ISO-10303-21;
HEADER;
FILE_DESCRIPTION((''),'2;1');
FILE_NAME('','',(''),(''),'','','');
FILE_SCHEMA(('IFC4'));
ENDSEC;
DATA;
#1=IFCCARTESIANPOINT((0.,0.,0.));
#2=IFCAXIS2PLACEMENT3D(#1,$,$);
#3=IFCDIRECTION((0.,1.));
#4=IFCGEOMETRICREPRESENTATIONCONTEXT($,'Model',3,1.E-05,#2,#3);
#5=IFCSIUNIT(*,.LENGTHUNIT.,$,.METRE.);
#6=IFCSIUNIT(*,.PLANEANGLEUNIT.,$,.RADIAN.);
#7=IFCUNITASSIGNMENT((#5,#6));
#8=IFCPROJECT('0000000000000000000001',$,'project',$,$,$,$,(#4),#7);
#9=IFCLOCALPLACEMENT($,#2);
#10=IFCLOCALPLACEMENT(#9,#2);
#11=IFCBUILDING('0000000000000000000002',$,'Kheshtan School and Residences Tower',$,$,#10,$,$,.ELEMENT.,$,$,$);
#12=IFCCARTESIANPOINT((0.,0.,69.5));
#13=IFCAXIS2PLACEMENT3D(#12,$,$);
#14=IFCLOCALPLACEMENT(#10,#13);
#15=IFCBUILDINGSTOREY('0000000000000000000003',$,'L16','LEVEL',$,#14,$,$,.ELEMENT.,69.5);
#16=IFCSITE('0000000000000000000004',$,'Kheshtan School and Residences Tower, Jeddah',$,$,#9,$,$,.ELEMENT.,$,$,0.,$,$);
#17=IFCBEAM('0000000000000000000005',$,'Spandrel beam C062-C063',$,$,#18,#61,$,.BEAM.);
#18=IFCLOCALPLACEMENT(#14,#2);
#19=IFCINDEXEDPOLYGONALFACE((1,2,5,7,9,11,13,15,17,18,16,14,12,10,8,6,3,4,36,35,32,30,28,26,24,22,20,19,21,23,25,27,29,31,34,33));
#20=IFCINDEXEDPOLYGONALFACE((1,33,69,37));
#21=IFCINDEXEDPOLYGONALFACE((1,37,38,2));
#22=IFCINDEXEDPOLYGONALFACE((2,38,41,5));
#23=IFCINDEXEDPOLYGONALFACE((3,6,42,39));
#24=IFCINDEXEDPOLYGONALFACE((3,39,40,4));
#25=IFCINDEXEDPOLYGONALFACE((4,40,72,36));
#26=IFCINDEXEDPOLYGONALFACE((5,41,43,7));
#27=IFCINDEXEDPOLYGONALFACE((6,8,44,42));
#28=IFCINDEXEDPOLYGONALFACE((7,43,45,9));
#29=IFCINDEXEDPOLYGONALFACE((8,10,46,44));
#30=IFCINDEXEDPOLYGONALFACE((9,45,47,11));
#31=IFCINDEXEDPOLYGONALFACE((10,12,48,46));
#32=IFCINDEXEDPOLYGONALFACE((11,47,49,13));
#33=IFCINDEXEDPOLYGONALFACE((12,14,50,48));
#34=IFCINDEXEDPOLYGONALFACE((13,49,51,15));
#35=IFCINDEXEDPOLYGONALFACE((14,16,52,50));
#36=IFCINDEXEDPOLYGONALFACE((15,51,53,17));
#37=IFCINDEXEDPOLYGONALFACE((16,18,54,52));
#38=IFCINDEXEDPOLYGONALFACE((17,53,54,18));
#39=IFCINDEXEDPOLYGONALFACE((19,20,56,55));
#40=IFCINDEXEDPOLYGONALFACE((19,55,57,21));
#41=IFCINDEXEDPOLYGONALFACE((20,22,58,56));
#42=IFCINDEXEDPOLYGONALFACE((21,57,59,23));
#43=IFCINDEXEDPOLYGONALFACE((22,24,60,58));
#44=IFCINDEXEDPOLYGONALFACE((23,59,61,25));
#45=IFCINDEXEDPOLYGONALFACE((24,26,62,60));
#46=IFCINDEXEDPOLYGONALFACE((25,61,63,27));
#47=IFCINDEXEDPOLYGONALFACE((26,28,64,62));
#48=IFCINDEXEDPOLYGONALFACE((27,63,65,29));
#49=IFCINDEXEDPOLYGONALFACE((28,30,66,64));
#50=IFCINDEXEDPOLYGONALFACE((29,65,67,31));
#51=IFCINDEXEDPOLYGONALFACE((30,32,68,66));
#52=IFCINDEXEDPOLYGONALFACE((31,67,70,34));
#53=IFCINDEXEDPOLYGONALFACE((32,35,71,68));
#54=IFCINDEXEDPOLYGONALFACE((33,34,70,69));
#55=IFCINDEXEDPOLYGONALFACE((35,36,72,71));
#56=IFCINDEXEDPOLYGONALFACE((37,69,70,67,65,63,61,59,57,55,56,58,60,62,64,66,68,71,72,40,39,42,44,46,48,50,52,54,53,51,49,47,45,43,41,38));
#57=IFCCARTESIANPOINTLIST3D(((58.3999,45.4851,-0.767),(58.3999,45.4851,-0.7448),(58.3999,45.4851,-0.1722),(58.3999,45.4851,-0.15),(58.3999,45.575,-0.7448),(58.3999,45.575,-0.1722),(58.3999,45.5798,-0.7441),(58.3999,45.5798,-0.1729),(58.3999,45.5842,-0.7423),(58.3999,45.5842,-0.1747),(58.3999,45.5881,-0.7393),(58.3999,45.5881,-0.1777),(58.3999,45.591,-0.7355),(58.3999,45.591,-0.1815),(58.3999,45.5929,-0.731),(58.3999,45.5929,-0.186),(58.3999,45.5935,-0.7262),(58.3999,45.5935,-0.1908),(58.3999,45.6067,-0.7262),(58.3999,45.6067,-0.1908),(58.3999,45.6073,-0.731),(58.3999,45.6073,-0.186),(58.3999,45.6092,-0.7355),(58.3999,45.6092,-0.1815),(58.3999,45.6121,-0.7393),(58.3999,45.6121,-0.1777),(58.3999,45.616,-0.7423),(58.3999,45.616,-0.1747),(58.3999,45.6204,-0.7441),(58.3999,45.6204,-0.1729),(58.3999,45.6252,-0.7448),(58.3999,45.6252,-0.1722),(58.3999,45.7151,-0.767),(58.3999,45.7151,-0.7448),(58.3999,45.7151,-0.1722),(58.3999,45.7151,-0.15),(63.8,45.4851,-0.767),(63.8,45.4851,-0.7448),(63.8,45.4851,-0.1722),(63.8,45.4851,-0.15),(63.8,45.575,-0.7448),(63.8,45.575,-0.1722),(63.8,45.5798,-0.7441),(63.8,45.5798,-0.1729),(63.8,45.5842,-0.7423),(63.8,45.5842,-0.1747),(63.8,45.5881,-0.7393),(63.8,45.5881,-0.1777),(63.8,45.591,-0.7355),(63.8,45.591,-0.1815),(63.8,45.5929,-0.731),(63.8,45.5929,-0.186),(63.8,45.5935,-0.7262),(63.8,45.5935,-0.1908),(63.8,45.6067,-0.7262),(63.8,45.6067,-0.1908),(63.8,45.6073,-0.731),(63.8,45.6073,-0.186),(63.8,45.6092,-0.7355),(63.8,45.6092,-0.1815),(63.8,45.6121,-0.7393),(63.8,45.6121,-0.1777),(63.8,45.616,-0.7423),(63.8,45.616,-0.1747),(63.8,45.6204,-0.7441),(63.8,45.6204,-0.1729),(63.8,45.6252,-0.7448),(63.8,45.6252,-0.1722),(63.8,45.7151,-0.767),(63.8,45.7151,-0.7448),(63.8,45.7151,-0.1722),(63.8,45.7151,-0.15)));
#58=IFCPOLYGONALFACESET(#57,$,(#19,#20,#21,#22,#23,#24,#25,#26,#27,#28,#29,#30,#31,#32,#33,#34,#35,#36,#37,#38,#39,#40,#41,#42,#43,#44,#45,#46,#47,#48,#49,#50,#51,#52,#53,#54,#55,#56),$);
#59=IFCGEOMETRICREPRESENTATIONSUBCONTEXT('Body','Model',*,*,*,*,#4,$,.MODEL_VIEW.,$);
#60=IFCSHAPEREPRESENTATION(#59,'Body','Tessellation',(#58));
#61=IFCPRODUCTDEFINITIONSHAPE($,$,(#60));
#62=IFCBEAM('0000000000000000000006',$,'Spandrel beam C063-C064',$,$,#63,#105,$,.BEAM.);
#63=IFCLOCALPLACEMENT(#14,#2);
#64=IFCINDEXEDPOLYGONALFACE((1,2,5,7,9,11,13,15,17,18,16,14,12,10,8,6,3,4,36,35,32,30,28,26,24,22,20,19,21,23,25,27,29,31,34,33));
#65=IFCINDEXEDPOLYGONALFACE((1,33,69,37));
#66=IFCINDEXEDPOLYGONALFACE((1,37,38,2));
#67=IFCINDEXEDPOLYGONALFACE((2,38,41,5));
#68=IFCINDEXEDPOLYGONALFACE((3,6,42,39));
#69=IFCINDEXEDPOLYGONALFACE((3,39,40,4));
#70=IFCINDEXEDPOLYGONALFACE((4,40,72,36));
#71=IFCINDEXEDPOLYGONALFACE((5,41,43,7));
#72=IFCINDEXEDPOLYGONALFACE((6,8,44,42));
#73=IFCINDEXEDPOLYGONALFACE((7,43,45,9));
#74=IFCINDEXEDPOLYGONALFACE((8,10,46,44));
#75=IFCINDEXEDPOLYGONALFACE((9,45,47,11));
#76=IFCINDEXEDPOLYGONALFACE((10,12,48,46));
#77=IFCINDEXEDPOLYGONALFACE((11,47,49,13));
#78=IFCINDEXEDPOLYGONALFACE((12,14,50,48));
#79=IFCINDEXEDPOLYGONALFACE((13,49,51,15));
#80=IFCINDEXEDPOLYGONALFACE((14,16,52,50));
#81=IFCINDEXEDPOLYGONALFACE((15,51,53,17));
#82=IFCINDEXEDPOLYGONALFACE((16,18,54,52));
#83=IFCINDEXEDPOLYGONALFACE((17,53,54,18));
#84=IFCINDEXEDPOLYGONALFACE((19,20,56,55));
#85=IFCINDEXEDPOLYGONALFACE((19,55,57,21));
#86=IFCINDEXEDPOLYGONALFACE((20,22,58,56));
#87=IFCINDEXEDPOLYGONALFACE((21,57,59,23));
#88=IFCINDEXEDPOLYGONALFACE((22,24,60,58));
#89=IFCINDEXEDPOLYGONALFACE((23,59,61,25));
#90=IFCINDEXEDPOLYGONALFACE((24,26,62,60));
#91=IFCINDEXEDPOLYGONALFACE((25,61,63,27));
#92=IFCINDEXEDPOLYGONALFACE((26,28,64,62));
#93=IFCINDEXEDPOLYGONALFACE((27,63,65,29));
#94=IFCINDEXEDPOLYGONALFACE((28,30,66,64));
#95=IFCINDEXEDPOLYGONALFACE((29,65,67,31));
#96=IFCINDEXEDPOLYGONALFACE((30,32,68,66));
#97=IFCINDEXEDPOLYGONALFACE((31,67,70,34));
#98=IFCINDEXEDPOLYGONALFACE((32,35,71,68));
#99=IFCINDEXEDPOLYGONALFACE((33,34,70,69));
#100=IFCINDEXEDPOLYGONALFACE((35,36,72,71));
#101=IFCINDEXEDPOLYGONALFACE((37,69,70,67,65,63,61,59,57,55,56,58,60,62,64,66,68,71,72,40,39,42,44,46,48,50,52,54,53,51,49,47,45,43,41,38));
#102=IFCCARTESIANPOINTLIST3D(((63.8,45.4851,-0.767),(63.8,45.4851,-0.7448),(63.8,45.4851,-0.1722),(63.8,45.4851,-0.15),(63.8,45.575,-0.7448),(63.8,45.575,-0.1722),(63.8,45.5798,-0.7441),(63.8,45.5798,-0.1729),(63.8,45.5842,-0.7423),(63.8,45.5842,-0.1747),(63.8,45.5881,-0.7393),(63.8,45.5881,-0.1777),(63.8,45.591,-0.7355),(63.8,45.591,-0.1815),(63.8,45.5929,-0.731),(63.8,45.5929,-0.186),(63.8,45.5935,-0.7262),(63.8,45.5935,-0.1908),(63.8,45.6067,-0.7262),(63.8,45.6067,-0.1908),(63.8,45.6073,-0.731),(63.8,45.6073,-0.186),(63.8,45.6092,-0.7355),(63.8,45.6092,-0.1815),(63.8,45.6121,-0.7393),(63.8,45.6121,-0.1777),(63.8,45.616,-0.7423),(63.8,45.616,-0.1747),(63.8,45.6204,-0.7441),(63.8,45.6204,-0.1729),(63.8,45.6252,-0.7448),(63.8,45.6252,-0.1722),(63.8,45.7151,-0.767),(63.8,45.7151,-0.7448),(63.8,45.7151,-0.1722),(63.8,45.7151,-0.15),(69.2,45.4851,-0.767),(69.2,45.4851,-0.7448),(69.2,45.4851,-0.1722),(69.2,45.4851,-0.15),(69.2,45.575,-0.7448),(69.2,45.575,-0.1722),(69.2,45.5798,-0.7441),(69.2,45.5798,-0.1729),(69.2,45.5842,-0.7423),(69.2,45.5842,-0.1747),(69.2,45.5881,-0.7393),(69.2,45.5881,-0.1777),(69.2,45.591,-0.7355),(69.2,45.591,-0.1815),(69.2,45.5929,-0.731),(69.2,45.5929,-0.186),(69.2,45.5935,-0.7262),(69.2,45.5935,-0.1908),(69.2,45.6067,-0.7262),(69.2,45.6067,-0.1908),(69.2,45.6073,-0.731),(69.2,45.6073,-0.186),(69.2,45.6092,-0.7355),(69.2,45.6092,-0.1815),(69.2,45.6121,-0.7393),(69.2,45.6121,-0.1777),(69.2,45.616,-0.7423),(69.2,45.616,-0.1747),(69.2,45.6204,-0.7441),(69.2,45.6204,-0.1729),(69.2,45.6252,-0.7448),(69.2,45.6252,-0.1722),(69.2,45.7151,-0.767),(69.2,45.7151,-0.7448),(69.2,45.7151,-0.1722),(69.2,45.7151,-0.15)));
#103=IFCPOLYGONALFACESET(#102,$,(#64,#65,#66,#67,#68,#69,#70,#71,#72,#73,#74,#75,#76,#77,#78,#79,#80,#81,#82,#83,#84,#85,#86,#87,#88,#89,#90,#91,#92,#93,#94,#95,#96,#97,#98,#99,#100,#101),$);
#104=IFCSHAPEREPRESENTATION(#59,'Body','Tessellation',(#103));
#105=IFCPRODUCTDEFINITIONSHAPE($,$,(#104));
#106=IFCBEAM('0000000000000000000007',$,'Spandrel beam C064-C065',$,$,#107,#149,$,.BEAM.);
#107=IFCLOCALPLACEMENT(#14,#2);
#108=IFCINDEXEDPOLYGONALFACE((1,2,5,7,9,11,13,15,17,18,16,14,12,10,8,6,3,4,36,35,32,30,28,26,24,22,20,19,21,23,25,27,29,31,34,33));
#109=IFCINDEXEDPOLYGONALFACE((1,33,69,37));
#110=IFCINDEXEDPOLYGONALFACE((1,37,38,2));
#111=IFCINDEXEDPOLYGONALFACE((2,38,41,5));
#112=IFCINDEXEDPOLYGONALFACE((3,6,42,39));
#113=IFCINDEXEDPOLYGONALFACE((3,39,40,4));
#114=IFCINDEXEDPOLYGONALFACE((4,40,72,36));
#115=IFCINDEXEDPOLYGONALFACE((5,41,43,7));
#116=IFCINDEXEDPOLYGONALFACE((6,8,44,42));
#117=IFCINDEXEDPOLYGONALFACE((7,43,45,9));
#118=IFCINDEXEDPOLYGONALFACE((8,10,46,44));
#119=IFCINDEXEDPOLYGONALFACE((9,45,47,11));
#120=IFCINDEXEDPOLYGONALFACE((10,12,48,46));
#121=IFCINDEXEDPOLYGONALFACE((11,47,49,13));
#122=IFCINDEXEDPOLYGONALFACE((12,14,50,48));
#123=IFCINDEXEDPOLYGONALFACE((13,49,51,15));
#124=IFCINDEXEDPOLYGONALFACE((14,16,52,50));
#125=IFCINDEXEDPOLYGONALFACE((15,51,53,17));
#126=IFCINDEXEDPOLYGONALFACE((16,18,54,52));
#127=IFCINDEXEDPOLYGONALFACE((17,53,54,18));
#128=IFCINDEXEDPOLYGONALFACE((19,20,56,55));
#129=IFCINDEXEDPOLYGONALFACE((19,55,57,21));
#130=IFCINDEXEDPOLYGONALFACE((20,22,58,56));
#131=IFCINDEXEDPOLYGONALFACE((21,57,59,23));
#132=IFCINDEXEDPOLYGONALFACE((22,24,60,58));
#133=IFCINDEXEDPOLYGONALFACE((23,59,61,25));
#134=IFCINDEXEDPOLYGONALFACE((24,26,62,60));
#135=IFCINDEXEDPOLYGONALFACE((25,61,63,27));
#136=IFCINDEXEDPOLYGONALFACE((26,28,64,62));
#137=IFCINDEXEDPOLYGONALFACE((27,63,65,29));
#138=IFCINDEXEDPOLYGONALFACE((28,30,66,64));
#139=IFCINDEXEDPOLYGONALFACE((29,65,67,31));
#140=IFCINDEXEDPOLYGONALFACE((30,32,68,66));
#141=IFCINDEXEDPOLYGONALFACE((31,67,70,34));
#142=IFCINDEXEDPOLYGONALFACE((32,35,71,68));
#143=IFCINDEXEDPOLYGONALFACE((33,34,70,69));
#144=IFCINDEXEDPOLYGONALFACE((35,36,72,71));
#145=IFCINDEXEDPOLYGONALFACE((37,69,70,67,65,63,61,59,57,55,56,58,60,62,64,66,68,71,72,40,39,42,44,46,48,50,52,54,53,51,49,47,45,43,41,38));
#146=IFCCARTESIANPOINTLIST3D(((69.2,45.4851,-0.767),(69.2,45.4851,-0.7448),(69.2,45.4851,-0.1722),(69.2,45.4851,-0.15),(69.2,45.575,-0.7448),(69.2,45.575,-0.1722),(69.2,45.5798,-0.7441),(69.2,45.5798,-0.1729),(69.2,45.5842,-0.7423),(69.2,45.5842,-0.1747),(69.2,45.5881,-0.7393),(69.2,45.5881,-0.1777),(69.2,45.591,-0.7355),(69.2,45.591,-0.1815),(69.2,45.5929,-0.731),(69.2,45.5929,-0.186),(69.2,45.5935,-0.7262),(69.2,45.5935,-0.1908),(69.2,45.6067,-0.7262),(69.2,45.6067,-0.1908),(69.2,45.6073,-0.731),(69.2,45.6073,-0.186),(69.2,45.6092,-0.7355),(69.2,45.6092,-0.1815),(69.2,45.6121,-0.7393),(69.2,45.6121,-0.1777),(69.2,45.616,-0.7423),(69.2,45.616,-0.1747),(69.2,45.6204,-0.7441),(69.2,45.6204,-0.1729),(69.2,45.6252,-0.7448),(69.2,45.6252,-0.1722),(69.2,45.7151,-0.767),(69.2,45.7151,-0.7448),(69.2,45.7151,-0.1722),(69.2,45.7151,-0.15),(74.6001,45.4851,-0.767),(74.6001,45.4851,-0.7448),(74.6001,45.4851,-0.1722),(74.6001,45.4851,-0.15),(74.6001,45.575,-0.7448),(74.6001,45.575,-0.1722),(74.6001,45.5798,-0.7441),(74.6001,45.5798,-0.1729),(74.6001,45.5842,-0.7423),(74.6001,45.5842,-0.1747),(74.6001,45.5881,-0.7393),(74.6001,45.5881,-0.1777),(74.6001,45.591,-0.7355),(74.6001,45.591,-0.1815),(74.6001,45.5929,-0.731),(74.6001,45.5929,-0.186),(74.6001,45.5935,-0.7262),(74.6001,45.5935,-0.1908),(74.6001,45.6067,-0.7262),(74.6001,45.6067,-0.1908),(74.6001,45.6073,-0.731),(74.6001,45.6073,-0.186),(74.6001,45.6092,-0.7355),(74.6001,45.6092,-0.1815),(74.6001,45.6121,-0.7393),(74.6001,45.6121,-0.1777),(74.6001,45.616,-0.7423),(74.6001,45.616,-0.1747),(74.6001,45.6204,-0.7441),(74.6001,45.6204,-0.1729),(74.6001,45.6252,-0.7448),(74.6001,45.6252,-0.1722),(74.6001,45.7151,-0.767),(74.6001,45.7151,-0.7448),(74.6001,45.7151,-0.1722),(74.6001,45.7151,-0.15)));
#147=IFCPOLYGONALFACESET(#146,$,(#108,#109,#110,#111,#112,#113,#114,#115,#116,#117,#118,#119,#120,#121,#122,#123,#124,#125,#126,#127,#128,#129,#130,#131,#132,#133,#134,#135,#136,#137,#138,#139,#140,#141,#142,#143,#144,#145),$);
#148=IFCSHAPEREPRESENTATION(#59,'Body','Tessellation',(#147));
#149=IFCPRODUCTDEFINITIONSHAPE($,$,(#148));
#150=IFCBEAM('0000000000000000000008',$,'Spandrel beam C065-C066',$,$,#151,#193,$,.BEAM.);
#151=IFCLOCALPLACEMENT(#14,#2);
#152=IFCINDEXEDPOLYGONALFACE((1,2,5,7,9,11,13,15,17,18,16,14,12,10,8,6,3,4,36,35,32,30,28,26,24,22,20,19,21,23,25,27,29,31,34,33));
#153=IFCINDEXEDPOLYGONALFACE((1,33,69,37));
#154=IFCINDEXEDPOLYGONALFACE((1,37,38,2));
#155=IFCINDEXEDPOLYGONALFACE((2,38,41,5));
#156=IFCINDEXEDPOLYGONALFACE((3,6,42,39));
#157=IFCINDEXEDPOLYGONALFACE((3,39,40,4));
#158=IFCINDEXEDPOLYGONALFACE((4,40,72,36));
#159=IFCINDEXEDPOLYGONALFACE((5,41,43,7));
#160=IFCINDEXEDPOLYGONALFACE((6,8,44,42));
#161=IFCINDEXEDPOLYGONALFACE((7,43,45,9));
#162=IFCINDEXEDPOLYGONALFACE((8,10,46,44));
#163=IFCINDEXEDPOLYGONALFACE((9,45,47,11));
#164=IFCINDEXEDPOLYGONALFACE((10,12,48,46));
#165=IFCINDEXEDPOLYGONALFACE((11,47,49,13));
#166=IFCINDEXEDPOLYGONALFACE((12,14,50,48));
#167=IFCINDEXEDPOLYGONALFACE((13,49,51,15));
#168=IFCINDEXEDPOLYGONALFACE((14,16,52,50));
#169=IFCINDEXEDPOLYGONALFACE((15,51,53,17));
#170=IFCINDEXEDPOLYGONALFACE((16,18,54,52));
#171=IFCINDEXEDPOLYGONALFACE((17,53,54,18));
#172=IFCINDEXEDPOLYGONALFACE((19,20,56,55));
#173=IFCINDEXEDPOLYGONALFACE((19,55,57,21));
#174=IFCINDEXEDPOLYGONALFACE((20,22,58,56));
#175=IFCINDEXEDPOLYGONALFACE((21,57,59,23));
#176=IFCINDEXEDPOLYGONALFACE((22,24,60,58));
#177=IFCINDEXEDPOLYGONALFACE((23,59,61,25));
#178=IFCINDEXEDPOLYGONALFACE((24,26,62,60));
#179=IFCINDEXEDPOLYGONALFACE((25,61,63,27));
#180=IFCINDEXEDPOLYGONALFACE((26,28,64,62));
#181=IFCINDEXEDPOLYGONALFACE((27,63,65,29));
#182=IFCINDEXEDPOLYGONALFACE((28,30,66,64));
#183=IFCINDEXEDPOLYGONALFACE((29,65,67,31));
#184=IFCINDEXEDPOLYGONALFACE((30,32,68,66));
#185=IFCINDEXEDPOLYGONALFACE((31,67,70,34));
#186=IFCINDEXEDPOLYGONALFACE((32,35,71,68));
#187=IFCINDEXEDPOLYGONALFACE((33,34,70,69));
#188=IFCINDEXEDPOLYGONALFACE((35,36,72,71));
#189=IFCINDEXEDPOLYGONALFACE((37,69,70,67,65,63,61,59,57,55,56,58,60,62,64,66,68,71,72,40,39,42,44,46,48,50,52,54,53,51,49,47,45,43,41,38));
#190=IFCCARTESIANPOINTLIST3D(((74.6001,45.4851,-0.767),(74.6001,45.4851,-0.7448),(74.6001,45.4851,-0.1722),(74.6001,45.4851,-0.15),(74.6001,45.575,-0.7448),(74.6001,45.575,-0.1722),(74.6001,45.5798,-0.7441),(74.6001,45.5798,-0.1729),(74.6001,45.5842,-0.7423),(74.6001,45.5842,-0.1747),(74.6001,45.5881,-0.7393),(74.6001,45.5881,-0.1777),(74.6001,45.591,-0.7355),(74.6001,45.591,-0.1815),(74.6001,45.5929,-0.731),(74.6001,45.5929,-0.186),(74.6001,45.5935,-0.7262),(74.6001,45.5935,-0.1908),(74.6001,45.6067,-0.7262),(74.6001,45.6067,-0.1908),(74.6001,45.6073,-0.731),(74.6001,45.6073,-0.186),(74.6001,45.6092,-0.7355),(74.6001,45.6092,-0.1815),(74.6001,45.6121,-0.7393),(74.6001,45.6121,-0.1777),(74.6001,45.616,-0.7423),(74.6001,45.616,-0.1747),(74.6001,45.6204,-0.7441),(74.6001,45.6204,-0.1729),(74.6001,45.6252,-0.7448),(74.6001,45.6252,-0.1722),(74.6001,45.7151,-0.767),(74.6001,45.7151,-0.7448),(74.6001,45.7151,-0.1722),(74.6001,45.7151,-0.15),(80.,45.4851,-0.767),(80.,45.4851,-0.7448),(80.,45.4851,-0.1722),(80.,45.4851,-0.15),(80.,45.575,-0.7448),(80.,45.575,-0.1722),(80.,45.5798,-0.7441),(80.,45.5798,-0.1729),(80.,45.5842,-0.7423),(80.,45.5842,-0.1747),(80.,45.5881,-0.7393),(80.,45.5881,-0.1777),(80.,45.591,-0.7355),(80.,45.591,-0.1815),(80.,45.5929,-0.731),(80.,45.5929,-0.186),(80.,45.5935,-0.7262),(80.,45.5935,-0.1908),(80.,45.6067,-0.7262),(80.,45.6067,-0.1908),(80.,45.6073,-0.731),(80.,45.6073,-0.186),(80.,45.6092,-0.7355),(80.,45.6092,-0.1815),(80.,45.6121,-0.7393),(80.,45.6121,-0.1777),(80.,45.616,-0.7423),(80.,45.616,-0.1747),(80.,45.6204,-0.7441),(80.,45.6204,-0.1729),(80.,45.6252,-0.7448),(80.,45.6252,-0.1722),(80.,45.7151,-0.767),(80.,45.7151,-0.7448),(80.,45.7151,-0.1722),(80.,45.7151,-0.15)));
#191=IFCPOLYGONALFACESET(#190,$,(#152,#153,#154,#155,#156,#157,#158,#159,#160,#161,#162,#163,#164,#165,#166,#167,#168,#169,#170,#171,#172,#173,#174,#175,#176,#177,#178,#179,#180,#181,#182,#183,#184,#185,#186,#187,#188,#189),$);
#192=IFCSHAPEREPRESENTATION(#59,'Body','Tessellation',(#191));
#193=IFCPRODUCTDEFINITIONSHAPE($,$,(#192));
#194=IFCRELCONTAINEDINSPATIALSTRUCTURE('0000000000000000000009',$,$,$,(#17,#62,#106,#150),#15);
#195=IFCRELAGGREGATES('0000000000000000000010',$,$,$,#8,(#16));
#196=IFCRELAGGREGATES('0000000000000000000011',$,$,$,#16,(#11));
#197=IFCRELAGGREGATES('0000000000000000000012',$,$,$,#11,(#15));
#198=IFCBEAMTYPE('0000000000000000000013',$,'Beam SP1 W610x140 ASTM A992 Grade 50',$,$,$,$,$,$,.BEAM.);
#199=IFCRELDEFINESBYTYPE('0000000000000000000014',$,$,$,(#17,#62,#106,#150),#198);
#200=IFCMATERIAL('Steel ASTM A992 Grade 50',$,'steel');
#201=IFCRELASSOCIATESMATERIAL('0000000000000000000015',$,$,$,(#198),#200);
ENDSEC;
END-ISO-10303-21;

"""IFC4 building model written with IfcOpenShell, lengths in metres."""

from ifc_helpers import new_model, si_unit, direction, frame, origin, origin_2d, place, context, subcontext, project, spatial, i_section, extrude, material, material_profile, profile_set, type_object, element, save


model = new_model("IFC4")

# Units and contexts
model_context = context("Model", 3, precision=1e-05, world=origin(), true_north=direction((0.0, 1.0)))
body_context = subcontext(model_context, "Body", "Model", "MODEL_VIEW")
ifc_project = project(units=[si_unit("LENGTHUNIT", "METRE"), si_unit("PLANEANGLEUNIT", "RADIAN")], contexts=[model_context])

# Site, building, storey
site_placement = place(None, origin())
site = spatial("IfcSite", under=ifc_project, at=site_placement, Name="Kheshtan School and Residences Tower, Jeddah", CompositionType="ELEMENT", RefElevation=0.0)
building_placement = place(site_placement, origin())
building = spatial("IfcBuilding", under=site, at=building_placement, Name="Kheshtan School and Residences Tower", CompositionType="ELEMENT")
storey_placement = place(building_placement, frame((0.0, 0.0, 69.5)))
storey = spatial("IfcBuildingStorey", under=building, at=storey_placement, Name="L16", Description="LEVEL", CompositionType="ELEMENT", Elevation=69.5)

# Shared definitions
ifc_material_1 = material(Name="Steel ASTM A992 Grade 50", Category="steel")

# Beams
ifc_material_profile_1 = material_profile(ifc_material_1, i_section(OverallWidth=0.23, OverallDepth=0.6169, WebThickness=0.0132, FlangeThickness=0.0222, FilletRadius=0.0186, at=origin_2d()), Name="W610x140")
ifc_profile_set_1 = profile_set([ifc_material_profile_1], Name="Steel ASTM A992 Grade 50")
beam_type_1 = type_object("IfcBeamType", Name="Beam SP1 W610x140 ASTM A992 Grade 50", PredefinedType="BEAM", material=ifc_profile_set_1)
beam_1_placement = place(storey_placement, frame((58.3999, 45.6001, -0.4585), z_axis=(1.0, 0.0, 0.0), x_axis=(0.0, 1.0, 0.0)))
element("IfcBeam", 1, at=beam_1_placement, inside=storey, type_object=beam_type_1, Name="Spandrel beam C062-C063", PredefinedType="BEAM", context=body_context, shape_type="SweptSolid", body=[
    extrude(i_section(OverallWidth=0.23, OverallDepth=0.6169, WebThickness=0.0132, FlangeThickness=0.0222, FilletRadius=0.0186, at=origin_2d()), origin(), (0.0, 0.0, 1.0), 5.4001),
])
beam_2_placement = place(storey_placement, frame((63.8, 45.6001, -0.4585), z_axis=(1.0, 0.0, 0.0), x_axis=(0.0, 1.0, 0.0)))
element("IfcBeam", 2, at=beam_2_placement, inside=storey, type_object=beam_type_1, Name="Spandrel beam C063-C064", PredefinedType="BEAM", context=body_context, shape_type="SweptSolid", body=[
    extrude(i_section(OverallWidth=0.23, OverallDepth=0.6169, WebThickness=0.0132, FlangeThickness=0.0222, FilletRadius=0.0186, at=origin_2d()), origin(), (0.0, 0.0, 1.0), 5.3999),
])
beam_3_placement = place(storey_placement, frame((69.2, 45.6001, -0.4585), z_axis=(1.0, 0.0, 0.0), x_axis=(0.0, 1.0, 0.0)))
element("IfcBeam", 3, at=beam_3_placement, inside=storey, type_object=beam_type_1, Name="Spandrel beam C064-C065", PredefinedType="BEAM", context=body_context, shape_type="SweptSolid", body=[
    extrude(i_section(OverallWidth=0.23, OverallDepth=0.6169, WebThickness=0.0132, FlangeThickness=0.0222, FilletRadius=0.0186, at=origin_2d()), origin(), (0.0, 0.0, 1.0), 5.4001),
])
for number, where, z_axis, x_axis, name in (
    (4, (74.6001, 45.6001, -0.4585), (1.0, 0.0, 0.0), (0.0, 1.0, 0.0), "Spandrel beam C065-C066"),
):
    element("IfcBeam", number, at=place(storey_placement, frame(where, z_axis=z_axis, x_axis=x_axis)), inside=storey, type_object=beam_type_1, Name=name, PredefinedType="BEAM", context=body_context, shape_type="SweptSolid", body=[
        extrude(i_section(OverallWidth=0.23, OverallDepth=0.6169, WebThickness=0.0132, FlangeThickness=0.0222, FilletRadius=0.0186, at=origin_2d()), origin(), (0.0, 0.0, 1.0), 5.3999),
    ])

save(model, "model.ifc")
